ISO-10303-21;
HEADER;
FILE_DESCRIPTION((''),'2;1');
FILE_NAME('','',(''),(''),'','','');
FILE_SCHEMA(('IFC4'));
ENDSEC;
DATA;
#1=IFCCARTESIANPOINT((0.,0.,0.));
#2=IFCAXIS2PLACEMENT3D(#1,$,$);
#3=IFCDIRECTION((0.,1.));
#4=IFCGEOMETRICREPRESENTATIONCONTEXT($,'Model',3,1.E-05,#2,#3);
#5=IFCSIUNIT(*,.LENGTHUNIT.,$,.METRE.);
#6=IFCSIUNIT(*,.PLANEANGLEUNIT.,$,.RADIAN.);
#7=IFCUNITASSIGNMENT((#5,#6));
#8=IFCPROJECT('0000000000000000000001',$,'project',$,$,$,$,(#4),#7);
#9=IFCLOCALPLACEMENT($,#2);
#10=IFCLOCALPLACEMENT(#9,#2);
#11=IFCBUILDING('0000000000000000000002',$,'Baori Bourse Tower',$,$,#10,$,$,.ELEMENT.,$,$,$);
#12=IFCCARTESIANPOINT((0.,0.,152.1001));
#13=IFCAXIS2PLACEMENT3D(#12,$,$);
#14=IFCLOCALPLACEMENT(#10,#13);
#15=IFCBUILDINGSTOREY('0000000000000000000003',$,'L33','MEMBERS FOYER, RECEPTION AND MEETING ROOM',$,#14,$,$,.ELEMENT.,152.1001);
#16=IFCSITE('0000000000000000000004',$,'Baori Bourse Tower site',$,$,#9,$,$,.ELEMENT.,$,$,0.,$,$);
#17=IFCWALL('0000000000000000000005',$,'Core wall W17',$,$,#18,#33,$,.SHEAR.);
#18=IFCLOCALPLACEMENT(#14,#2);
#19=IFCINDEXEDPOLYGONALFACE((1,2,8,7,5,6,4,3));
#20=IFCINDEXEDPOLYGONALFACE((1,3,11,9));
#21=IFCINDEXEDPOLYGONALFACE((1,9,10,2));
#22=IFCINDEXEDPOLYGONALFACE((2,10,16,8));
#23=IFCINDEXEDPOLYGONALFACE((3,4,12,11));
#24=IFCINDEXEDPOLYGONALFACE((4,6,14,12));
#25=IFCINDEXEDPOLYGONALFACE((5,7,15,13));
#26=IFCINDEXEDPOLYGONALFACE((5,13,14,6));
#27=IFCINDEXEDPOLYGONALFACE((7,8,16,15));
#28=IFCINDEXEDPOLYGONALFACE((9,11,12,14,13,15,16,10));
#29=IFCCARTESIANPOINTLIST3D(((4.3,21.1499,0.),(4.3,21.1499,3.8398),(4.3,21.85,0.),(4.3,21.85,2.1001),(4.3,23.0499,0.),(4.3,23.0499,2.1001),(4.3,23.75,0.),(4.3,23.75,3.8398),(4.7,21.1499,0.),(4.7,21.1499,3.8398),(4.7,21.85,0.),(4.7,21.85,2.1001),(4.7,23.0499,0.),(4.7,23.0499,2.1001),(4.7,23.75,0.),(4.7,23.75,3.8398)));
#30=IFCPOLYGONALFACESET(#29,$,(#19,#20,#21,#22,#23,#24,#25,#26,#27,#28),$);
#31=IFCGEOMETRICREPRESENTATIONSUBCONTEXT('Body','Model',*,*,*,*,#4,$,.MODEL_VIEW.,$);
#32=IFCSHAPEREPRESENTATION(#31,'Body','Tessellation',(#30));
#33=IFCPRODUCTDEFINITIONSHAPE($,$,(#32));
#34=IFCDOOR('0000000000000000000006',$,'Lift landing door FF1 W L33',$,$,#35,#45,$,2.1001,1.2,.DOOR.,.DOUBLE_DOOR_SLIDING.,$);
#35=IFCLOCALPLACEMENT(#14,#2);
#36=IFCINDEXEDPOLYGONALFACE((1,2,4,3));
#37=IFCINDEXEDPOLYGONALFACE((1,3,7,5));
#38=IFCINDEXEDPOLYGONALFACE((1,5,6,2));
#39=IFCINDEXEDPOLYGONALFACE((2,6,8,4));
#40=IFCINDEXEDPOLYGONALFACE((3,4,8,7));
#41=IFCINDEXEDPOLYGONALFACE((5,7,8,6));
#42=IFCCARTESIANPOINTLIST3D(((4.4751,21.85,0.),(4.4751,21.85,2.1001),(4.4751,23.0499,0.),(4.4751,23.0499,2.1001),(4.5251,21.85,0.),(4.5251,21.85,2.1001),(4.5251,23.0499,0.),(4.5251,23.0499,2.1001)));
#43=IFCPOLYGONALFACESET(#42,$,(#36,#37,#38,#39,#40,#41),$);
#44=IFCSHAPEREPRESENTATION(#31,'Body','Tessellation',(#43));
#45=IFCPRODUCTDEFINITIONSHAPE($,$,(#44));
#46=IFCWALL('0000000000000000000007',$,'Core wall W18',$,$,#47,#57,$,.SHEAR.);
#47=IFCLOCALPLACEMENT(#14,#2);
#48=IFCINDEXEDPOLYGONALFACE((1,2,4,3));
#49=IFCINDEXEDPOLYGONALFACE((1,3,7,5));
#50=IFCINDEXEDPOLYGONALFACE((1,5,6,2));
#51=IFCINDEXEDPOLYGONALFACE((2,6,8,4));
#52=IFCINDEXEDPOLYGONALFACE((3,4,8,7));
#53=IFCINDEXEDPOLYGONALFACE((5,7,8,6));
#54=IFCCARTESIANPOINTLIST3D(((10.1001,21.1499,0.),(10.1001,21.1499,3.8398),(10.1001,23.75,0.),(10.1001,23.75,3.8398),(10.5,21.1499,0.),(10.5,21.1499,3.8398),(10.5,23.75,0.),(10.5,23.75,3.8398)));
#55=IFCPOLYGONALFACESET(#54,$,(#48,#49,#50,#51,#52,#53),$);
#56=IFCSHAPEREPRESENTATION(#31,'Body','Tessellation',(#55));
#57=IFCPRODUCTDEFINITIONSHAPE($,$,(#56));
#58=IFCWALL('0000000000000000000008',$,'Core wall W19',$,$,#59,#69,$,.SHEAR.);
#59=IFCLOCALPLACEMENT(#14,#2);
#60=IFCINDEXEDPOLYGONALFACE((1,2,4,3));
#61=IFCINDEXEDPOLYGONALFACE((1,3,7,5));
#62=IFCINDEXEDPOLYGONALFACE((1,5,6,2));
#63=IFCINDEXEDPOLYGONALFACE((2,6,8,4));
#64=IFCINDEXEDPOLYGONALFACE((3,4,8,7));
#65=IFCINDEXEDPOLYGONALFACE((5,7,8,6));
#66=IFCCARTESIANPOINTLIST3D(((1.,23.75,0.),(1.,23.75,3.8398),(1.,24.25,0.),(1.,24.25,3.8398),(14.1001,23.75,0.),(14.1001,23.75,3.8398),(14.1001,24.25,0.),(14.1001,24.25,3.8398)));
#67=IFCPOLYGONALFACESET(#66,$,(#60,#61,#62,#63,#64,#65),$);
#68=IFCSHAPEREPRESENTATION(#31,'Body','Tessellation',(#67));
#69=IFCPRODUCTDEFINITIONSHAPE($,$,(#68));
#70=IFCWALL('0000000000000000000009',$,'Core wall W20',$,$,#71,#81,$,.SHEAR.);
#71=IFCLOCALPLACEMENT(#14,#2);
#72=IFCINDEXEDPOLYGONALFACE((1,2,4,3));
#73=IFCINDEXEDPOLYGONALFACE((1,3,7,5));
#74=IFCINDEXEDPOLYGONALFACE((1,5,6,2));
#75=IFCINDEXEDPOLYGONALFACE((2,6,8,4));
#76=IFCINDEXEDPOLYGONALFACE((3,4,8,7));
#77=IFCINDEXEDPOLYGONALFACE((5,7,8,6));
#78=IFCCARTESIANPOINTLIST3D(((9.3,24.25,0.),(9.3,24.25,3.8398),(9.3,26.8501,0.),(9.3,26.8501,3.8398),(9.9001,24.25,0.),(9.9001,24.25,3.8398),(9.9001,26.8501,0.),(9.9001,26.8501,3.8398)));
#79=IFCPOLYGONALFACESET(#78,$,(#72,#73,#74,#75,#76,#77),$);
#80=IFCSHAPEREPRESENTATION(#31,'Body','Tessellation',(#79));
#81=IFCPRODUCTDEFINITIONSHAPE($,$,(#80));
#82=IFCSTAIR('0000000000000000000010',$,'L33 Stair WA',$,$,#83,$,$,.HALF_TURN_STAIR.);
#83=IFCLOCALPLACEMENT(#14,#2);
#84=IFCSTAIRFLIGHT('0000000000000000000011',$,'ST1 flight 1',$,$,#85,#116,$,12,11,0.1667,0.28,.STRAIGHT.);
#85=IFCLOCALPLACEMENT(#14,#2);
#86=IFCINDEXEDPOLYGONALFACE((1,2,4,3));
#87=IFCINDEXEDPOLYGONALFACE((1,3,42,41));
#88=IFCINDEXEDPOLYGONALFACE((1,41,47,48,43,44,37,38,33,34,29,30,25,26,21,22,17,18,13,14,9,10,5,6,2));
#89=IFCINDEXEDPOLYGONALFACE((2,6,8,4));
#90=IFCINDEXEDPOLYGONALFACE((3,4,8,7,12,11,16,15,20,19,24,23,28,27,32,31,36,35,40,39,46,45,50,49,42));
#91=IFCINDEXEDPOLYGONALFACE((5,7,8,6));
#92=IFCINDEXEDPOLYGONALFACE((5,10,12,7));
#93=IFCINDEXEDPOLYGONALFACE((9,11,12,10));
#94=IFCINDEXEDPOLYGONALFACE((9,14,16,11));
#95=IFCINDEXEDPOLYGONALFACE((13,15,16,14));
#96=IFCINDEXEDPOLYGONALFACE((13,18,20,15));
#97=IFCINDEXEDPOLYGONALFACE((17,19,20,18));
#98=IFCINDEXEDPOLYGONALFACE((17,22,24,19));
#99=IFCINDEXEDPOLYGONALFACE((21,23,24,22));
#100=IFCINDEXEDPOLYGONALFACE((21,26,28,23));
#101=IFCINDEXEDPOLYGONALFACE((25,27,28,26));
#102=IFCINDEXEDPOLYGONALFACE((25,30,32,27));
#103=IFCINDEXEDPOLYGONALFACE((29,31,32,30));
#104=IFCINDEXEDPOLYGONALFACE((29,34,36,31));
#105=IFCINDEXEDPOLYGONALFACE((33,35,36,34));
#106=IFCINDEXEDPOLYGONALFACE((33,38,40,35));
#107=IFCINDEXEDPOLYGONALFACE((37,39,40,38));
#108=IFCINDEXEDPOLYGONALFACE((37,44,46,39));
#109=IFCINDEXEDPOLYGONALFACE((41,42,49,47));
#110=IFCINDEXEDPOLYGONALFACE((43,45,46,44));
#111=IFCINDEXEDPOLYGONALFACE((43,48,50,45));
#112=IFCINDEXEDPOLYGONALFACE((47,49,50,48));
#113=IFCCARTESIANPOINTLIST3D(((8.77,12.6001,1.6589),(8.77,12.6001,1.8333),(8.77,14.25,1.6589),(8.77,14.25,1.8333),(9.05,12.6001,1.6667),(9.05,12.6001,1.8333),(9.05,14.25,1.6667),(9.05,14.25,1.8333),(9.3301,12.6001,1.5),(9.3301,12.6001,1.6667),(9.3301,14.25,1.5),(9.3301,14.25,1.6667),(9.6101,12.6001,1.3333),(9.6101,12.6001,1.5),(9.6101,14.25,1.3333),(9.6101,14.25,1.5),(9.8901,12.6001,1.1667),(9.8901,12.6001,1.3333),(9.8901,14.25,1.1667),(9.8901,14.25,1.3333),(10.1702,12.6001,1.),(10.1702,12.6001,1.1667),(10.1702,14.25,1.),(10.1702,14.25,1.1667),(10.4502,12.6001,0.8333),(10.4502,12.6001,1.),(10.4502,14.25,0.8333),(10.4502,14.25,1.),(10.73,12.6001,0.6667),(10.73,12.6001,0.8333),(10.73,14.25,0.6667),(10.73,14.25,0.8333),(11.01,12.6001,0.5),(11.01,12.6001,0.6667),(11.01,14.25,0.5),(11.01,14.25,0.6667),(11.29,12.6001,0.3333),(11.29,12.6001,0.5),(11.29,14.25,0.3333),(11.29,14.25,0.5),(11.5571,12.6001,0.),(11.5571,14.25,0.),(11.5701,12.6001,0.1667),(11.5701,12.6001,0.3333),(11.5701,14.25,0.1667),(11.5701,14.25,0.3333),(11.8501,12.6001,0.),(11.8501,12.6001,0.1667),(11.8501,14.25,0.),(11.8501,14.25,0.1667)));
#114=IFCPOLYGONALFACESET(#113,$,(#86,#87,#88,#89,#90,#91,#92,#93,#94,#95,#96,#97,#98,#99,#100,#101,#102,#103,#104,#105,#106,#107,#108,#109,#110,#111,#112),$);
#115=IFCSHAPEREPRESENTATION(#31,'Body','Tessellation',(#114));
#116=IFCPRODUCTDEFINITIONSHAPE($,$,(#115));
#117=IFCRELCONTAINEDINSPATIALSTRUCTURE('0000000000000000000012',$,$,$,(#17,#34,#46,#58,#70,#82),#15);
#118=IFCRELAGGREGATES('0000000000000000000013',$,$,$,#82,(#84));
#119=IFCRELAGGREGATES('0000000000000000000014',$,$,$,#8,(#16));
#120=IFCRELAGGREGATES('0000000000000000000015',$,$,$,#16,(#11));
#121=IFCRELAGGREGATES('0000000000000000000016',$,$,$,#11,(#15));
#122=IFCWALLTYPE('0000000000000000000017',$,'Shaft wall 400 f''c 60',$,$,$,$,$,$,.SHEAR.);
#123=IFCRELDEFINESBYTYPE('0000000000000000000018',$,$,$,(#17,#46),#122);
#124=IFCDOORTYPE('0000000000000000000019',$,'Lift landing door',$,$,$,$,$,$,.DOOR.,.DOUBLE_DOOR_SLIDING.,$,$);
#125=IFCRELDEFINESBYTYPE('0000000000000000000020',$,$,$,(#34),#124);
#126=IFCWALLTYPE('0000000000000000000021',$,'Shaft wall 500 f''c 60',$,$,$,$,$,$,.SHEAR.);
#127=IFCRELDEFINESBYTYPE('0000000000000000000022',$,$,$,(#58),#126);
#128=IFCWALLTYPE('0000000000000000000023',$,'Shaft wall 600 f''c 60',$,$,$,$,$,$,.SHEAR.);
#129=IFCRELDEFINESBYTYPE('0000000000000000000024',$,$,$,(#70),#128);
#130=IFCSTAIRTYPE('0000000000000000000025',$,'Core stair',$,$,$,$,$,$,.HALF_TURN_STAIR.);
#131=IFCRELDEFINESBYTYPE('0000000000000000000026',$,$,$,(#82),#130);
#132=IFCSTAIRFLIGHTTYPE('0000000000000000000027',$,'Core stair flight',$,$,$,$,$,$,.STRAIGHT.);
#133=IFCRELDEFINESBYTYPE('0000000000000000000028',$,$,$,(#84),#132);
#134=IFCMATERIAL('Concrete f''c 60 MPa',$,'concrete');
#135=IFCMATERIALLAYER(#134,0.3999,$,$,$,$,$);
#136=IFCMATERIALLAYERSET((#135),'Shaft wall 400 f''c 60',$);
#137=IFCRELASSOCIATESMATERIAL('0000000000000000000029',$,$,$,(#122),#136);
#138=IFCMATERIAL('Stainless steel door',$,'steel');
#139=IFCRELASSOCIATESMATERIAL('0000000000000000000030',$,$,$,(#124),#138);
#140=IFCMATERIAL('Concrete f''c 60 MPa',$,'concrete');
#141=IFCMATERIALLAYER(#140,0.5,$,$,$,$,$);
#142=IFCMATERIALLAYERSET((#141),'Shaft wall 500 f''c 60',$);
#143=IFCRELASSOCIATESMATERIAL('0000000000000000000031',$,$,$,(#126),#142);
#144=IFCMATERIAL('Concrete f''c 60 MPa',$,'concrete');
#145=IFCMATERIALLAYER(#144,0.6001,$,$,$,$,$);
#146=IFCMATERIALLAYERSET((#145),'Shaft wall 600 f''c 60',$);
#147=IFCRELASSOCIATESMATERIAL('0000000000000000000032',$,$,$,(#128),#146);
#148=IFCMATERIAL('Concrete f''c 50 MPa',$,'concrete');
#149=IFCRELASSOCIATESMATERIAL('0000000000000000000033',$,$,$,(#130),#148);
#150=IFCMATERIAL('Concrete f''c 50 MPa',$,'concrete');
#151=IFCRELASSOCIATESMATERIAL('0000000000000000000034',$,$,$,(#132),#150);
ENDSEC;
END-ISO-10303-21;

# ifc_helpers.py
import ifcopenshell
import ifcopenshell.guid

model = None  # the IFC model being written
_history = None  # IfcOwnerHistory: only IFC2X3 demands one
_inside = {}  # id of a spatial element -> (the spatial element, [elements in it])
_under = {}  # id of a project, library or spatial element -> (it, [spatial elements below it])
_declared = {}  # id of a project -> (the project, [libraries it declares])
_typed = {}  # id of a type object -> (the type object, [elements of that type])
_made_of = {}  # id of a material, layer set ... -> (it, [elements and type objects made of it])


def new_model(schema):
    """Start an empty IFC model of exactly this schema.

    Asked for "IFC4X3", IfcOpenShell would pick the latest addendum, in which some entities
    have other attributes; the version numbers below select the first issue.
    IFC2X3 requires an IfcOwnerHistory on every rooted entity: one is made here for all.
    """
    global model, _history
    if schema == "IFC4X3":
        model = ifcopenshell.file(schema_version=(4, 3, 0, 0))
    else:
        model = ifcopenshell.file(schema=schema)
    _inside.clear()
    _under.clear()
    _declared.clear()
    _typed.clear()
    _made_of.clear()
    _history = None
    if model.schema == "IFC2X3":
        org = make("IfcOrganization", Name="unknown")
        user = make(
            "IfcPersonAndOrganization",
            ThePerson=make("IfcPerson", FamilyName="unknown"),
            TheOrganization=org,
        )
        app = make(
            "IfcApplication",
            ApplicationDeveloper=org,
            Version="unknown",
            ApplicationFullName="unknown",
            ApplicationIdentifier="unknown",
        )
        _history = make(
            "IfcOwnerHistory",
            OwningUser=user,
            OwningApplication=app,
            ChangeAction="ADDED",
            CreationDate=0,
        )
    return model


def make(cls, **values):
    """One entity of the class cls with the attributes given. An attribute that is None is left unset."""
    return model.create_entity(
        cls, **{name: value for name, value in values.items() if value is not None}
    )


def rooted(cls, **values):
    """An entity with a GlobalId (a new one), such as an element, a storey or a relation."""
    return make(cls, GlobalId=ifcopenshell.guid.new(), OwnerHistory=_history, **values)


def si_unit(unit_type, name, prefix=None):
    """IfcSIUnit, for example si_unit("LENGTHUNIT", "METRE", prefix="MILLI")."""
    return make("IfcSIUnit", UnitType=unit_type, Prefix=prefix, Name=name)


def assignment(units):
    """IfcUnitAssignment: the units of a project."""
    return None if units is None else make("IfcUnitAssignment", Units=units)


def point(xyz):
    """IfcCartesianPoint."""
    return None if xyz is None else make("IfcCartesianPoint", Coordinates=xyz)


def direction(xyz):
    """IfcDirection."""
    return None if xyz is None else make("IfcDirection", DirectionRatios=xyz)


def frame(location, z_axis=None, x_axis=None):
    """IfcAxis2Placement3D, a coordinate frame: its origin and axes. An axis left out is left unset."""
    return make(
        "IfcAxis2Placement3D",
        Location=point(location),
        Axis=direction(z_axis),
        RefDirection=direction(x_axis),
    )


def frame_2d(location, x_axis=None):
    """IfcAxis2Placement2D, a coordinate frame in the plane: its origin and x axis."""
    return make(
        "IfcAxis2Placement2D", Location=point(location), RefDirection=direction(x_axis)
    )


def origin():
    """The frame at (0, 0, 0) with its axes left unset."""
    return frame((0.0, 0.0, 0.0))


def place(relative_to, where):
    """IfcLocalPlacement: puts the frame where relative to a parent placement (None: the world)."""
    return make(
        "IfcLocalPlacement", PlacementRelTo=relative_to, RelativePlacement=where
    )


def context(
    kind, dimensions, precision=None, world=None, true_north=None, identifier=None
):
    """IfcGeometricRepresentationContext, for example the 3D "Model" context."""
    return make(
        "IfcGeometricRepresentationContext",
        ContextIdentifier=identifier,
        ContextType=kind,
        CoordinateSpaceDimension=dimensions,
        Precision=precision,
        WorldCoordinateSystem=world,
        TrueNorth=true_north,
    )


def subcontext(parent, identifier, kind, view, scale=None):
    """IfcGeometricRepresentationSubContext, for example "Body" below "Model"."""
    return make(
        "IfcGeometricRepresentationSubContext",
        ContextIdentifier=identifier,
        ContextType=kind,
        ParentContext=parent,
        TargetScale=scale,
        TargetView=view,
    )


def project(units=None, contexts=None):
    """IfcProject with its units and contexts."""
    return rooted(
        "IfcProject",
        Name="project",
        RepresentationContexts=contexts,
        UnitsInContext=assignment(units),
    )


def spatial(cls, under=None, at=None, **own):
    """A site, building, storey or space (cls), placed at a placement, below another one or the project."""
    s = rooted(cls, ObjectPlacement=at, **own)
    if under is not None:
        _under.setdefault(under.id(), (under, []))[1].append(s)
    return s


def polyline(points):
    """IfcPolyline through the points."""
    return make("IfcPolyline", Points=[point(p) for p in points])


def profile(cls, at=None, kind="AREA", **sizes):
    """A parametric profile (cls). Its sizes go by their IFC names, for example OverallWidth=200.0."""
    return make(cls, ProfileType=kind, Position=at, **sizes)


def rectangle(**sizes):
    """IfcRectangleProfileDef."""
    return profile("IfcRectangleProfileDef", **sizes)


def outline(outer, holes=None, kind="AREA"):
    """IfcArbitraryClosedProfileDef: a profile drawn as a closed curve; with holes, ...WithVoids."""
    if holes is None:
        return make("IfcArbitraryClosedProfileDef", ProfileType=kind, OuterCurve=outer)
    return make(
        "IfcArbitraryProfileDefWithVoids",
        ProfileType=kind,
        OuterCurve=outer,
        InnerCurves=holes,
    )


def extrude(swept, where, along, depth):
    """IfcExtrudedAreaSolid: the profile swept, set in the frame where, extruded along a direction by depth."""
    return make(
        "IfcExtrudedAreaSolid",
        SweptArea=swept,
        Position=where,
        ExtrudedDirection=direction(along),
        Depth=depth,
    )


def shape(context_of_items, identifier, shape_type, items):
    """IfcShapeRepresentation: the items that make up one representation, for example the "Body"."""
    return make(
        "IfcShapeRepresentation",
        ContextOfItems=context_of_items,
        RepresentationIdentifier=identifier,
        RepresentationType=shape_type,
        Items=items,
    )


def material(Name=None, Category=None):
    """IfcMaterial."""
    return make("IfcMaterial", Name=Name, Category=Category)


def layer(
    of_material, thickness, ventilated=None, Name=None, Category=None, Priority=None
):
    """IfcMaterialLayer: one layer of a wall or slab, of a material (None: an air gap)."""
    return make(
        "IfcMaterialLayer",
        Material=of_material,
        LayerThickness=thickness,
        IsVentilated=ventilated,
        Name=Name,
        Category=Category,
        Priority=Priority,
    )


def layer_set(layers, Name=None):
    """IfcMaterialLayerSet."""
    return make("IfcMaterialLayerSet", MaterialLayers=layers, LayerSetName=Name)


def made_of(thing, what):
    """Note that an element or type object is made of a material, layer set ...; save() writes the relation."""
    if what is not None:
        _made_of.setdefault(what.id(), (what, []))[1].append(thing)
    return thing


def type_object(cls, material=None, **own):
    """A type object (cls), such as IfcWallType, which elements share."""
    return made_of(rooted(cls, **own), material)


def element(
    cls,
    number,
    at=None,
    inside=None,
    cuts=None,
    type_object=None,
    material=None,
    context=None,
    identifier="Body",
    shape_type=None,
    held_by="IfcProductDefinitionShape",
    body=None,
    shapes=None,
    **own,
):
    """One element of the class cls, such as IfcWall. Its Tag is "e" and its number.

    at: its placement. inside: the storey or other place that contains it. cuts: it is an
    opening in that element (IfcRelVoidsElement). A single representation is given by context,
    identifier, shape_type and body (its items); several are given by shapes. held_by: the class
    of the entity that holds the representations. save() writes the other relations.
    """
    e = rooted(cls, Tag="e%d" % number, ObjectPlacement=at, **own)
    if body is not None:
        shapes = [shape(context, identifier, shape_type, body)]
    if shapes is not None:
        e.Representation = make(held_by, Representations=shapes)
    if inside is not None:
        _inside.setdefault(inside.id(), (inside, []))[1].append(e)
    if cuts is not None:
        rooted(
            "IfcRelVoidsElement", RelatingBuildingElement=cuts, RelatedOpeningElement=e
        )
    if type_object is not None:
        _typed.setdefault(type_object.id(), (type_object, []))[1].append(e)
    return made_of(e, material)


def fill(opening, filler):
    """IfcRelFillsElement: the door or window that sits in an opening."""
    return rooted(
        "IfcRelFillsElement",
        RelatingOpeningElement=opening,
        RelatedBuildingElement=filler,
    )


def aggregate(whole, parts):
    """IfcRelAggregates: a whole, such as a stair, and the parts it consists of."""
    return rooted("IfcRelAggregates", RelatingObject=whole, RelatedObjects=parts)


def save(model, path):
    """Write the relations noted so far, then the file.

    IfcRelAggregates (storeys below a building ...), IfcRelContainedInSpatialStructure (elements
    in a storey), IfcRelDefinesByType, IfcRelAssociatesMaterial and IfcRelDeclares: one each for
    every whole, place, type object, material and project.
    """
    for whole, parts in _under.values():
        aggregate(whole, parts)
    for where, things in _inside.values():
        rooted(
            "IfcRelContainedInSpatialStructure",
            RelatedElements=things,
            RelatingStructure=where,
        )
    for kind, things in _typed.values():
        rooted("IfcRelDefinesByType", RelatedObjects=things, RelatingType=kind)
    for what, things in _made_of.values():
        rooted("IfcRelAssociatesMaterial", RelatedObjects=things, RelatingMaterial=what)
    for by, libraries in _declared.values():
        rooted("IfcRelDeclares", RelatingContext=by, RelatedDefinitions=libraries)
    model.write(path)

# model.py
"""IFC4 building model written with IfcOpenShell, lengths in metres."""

from ifc_helpers import new_model, si_unit, direction, frame, frame_2d, origin, place, context, subcontext, project, spatial, polyline, rectangle, outline, extrude, material, layer, layer_set, type_object, element, fill, aggregate, save


model = new_model("IFC4")

# Units and contexts
model_context = context("Model", 3, precision=1e-05, world=origin(), true_north=direction((0.0, 1.0)))
body_context = subcontext(model_context, "Body", "Model", "MODEL_VIEW")
ifc_project = project(units=[si_unit("LENGTHUNIT", "METRE"), si_unit("PLANEANGLEUNIT", "RADIAN")], contexts=[model_context])

# Site, building, storey
site_placement = place(None, origin())
site = spatial("IfcSite", under=ifc_project, at=site_placement, Name="Baori Bourse Tower site", CompositionType="ELEMENT", RefElevation=0.0)
building_placement = place(site_placement, origin())
building = spatial("IfcBuilding", under=site, at=building_placement, Name="Baori Bourse Tower", CompositionType="ELEMENT")
storey_placement = place(building_placement, frame((0.0, 0.0, 152.1001)))
storey = spatial("IfcBuildingStorey", under=building, at=storey_placement, Name="L33", Description="MEMBERS FOYER, RECEPTION AND MEETING ROOM", CompositionType="ELEMENT", Elevation=152.1001)

# Shared definitions
ifc_material_1 = material(Name="Concrete f'c 60 MPa", Category="concrete")
ifc_layer_1 = layer(ifc_material_1, 0.3999)
ifc_layer_set_1 = layer_set([ifc_layer_1], Name="Shaft wall 400 f'c 60")
wall_type_1 = type_object("IfcWallType", Name="Shaft wall 400 f'c 60", PredefinedType="SHEAR", material=ifc_layer_set_1)

# Wall, opening, door
wall_1_placement = place(storey_placement, frame((4.5, 21.1499, 0.0), z_axis=(0.0, 0.0, 1.0), x_axis=(0.0, 1.0, 0.0)))
wall_1 = element("IfcWall", 1, at=wall_1_placement, inside=storey, type_object=wall_type_1, Name="Core wall W17", PredefinedType="SHEAR", context=body_context, shape_type="SweptSolid", body=[
    extrude(rectangle(XDim=2.6001, YDim=0.3999, at=frame_2d((1.3, 0.0))), origin(), (0.0, 0.0, 1.0), 3.8398),
])
opening_1_placement = place(wall_1_placement, frame((0.7, 0.0, 0.0)))
opening_1 = element("IfcOpeningElement", 2, at=opening_1_placement, cuts=wall_1, PredefinedType="OPENING", context=body_context, shape_type="SweptSolid", body=[
    extrude(rectangle(XDim=1.2, YDim=2.1001, at=frame_2d((0.6001, 1.05))), frame((0.0, 0.21, 0.0), z_axis=(0.0, -1.0, 0.0), x_axis=(1.0, 0.0, 0.0)), (0.0, 0.0, 1.0), 0.4199),
])
ifc_material_2 = material(Name="Stainless steel door", Category="steel")
door_type_1 = type_object("IfcDoorType", Name="Lift landing door", OperationType="DOUBLE_DOOR_SLIDING", PredefinedType="DOOR", material=ifc_material_2)
door_1_placement = place(opening_1_placement, origin())
door_1 = element("IfcDoor", 3, at=door_1_placement, inside=storey, type_object=door_type_1, Name="Lift landing door FF1 W L33", OperationType="DOUBLE_DOOR_SLIDING", OverallHeight=2.1001, OverallWidth=1.2, PredefinedType="DOOR", context=body_context, shape_type="SweptSolid", body=[
    extrude(rectangle(XDim=1.2, YDim=2.1001, at=frame_2d((0.6001, 1.05))), frame((0.0, 0.0249, 0.0), z_axis=(0.0, -1.0, 0.0), x_axis=(1.0, 0.0, 0.0)), (0.0, 0.0, 1.0), 0.05),
])
fill(opening_1, door_1)

# Walls
wall_2_placement = place(storey_placement, frame((10.3, 21.1499, 0.0), z_axis=(0.0, 0.0, 1.0), x_axis=(0.0, 1.0, 0.0)))
element("IfcWall", 4, at=wall_2_placement, inside=storey, type_object=wall_type_1, Name="Core wall W18", PredefinedType="SHEAR", context=body_context, shape_type="SweptSolid", body=[
    extrude(rectangle(XDim=2.6001, YDim=0.3999, at=frame_2d((1.3, 0.0))), origin(), (0.0, 0.0, 1.0), 3.8398),
])
ifc_material_3 = material(Name="Concrete f'c 60 MPa", Category="concrete")
ifc_layer_2 = layer(ifc_material_3, 0.5)
ifc_layer_set_2 = layer_set([ifc_layer_2], Name="Shaft wall 500 f'c 60")
wall_type_2 = type_object("IfcWallType", Name="Shaft wall 500 f'c 60", PredefinedType="SHEAR", material=ifc_layer_set_2)
wall_3_placement = place(storey_placement, frame((1.0, 24.0, 0.0), z_axis=(0.0, 0.0, 1.0), x_axis=(1.0, 0.0, 0.0)))
element("IfcWall", 5, at=wall_3_placement, inside=storey, type_object=wall_type_2, Name="Core wall W19", PredefinedType="SHEAR", context=body_context, shape_type="SweptSolid", body=[
    extrude(rectangle(XDim=13.1001, YDim=0.5, at=frame_2d((6.55, 0.0))), origin(), (0.0, 0.0, 1.0), 3.8398),
])
ifc_material_4 = material(Name="Concrete f'c 60 MPa", Category="concrete")
ifc_layer_3 = layer(ifc_material_4, 0.6001)
ifc_layer_set_3 = layer_set([ifc_layer_3], Name="Shaft wall 600 f'c 60")
wall_type_3 = type_object("IfcWallType", Name="Shaft wall 600 f'c 60", PredefinedType="SHEAR", material=ifc_layer_set_3)
wall_4_placement = place(storey_placement, frame((9.6001, 24.25, 0.0), z_axis=(0.0, 0.0, 1.0), x_axis=(0.0, 1.0, 0.0)))
element("IfcWall", 6, at=wall_4_placement, inside=storey, type_object=wall_type_3, Name="Core wall W20", PredefinedType="SHEAR", context=body_context, shape_type="SweptSolid", body=[
    extrude(rectangle(XDim=2.6001, YDim=0.6001, at=frame_2d((1.3, 0.0))), origin(), (0.0, 0.0, 1.0), 3.8398),
])

# Stair, stair flight
ifc_material_5 = material(Name="Concrete f'c 50 MPa", Category="concrete")
stair_type = type_object("IfcStairType", Name="Core stair", PredefinedType="HALF_TURN_STAIR", material=ifc_material_5)
stair_placement = place(storey_placement, origin())
stair = element("IfcStair", 7, at=stair_placement, inside=storey, type_object=stair_type, Name="L33 Stair WA", PredefinedType="HALF_TURN_STAIR")
ifc_material_6 = material(Name="Concrete f'c 50 MPa", Category="concrete")
stair_flight_type = type_object("IfcStairFlightType", Name="Core stair flight", PredefinedType="STRAIGHT", material=ifc_material_6)
stair_flight_placement = place(storey_placement, frame((11.8501, 13.425, 0.0), z_axis=(0.0, 0.0, 1.0), x_axis=(-1.0, 0.0, 0.0)))
stair_flight = element("IfcStairFlight", 8, at=stair_flight_placement, type_object=stair_flight_type, Name="ST1 flight 1", NumberOfRisers=12, NumberOfTreads=11, PredefinedType="STRAIGHT", RiserHeight=0.1667, TreadLength=0.28, context=body_context, shape_type="SweptSolid", body=[
    extrude(outline(polyline([(0.0, 0.0), (0.0, 0.1667), (0.28, 0.1667), (0.28, 0.3333), (0.5601, 0.3333), (0.5601, 0.5), (0.8401, 0.5), (0.8401, 0.6667), (1.1201, 0.6667), (1.1201, 0.8333), (1.3999, 0.8333), (1.3999, 1.0), (1.6799, 1.0), (1.6799, 1.1667), (1.96, 1.1667), (1.96, 1.3333), (2.24, 1.3333), (2.24, 1.5), (2.52, 1.5), (2.52, 1.6667), (2.8, 1.6667), (2.8, 1.8333), (3.0801, 1.8333), (3.0801, 2.0), (3.0801, 1.6589), (0.293, 0.0), (0.0, 0.0)])), frame((0.0, 0.825, 0.0), z_axis=(0.0, -1.0, 0.0), x_axis=(1.0, 0.0, 0.0)), (0.0, 0.0, 1.0), 1.6499),
])
aggregate(stair, [stair_flight])

save(model, "model.ifc")
